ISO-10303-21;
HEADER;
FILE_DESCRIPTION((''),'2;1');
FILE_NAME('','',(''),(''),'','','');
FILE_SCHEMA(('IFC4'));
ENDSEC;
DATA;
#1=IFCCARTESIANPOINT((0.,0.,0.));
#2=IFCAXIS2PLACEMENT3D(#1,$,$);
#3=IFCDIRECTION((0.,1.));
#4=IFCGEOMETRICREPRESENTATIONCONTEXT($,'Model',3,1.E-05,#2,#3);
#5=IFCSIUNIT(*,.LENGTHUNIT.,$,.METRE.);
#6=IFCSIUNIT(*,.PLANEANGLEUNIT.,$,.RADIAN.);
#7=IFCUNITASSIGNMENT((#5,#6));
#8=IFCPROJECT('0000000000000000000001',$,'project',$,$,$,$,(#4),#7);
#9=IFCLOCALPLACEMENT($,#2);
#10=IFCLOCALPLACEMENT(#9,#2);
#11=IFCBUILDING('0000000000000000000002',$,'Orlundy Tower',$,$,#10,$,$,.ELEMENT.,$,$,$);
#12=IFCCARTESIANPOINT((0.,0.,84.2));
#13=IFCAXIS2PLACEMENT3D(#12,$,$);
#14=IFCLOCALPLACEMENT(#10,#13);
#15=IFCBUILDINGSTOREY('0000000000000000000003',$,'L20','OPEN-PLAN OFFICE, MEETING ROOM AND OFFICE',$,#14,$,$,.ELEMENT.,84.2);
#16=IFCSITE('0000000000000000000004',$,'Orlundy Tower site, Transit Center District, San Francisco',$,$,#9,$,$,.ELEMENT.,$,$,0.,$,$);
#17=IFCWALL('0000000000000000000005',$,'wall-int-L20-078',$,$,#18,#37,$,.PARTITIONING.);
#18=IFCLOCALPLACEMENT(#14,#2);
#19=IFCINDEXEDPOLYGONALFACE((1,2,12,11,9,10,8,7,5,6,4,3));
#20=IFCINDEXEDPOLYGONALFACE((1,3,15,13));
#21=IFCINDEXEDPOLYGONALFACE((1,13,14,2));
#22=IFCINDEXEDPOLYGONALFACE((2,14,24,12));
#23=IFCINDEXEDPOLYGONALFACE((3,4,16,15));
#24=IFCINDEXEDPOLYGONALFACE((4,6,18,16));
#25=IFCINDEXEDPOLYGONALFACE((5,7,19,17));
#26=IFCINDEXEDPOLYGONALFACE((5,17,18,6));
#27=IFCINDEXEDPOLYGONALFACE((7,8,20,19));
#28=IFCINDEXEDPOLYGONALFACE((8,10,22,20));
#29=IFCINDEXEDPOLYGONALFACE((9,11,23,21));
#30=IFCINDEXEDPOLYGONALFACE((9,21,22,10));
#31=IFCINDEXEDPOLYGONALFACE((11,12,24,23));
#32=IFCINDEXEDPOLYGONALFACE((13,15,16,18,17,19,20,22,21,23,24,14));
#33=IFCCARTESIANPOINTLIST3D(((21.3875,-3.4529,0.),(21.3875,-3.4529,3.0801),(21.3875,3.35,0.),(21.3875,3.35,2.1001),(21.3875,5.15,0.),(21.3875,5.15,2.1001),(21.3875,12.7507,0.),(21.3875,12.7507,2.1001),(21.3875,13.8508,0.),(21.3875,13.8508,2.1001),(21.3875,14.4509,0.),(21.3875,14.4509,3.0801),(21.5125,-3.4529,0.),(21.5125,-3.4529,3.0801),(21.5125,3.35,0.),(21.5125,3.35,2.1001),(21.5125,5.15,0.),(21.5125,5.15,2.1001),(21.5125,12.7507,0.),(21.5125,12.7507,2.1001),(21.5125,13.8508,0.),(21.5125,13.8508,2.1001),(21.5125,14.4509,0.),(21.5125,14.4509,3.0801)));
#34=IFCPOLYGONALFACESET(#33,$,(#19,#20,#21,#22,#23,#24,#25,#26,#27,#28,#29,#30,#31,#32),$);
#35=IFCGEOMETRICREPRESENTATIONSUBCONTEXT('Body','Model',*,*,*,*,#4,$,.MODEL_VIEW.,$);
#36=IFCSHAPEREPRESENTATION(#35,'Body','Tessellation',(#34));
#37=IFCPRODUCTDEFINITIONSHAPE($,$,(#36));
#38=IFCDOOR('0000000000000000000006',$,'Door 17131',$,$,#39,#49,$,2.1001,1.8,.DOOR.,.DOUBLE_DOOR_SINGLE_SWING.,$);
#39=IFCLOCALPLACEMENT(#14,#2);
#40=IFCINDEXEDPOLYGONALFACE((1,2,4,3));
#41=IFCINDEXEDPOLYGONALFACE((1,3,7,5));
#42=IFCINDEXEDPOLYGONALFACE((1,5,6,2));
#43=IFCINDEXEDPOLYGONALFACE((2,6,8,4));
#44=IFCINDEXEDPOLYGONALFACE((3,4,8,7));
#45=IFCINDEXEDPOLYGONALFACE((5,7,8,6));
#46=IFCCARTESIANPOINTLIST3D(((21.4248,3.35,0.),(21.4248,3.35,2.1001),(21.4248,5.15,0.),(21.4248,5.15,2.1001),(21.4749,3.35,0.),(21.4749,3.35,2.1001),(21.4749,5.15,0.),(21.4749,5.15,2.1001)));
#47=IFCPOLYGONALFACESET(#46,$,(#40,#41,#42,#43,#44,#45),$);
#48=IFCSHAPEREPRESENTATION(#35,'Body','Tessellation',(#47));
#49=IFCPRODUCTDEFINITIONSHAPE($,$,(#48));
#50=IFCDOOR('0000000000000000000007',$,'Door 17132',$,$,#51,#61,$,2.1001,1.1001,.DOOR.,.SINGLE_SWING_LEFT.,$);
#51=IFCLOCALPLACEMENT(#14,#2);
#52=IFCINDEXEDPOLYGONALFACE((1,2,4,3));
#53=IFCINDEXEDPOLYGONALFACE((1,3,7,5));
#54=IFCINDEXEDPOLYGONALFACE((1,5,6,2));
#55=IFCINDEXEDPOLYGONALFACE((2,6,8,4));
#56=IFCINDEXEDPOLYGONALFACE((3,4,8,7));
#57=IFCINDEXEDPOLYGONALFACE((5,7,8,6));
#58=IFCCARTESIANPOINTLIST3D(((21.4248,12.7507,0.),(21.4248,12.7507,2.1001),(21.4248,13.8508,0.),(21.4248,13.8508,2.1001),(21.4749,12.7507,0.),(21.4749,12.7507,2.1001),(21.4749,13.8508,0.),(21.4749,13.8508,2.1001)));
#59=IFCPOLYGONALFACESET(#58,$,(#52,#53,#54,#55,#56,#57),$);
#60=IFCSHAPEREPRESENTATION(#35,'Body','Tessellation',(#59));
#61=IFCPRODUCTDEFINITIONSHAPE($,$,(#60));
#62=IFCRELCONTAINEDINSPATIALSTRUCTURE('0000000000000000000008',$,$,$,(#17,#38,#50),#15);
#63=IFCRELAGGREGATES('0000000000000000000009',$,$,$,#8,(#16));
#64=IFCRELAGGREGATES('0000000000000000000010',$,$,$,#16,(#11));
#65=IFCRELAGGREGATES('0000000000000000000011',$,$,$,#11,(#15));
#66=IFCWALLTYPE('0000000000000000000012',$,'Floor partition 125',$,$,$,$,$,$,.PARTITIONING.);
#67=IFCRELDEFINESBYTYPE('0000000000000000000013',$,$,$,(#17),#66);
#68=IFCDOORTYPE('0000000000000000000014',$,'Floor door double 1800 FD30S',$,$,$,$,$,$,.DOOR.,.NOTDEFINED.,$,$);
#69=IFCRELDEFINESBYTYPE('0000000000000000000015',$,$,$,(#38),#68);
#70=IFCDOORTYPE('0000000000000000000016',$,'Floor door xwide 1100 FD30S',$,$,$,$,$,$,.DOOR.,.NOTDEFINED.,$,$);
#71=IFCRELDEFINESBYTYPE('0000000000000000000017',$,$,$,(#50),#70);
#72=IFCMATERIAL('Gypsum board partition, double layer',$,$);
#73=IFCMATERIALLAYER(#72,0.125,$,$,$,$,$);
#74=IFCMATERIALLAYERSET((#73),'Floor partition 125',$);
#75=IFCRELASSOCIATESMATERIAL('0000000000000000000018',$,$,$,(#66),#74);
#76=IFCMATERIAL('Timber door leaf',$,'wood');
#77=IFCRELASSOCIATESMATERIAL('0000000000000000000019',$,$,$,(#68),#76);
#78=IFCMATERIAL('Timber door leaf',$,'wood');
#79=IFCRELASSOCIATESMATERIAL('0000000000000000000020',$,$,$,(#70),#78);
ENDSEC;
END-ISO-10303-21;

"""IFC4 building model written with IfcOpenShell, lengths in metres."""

from ifc_helpers import new_model, si_unit, direction, frame, frame_2d, origin, place, context, subcontext, project, spatial, rectangle, extrude, material, layer, layer_set, type_object, element, fill, save


model = new_model("IFC4")

# Units and contexts
model_context = context("Model", 3, precision=1e-05, world=origin(), true_north=direction((0.0, 1.0)))
body_context = subcontext(model_context, "Body", "Model", "MODEL_VIEW")
ifc_project = project(units=[si_unit("LENGTHUNIT", "METRE"), si_unit("PLANEANGLEUNIT", "RADIAN")], contexts=[model_context])

# Site, building, storey
site_placement = place(None, origin())
site = spatial("IfcSite", under=ifc_project, at=site_placement, Name="Orlundy Tower site, Transit Center District, San Francisco", CompositionType="ELEMENT", RefElevation=0.0)
building_placement = place(site_placement, origin())
building = spatial("IfcBuilding", under=site, at=building_placement, Name="Orlundy Tower", CompositionType="ELEMENT")
storey_placement = place(building_placement, frame((0.0, 0.0, 84.2)))
storey = spatial("IfcBuildingStorey", under=building, at=storey_placement, Name="L20", Description="OPEN-PLAN OFFICE, MEETING ROOM AND OFFICE", CompositionType="ELEMENT", Elevation=84.2)

# Wall, openings, doors
ifc_material_1 = material(Name="Gypsum board partition, double layer")
ifc_layer_1 = layer(ifc_material_1, 0.125)
ifc_layer_set_1 = layer_set([ifc_layer_1], Name="Floor partition 125")
wall_type_1 = type_object("IfcWallType", Name="Floor partition 125", PredefinedType="PARTITIONING", material=ifc_layer_set_1)
wall_1_placement = place(storey_placement, frame((21.45, 14.4509, 0.0), z_axis=(0.0, 0.0, 1.0), x_axis=(0.0, -1.0, 0.0)))
wall_1 = element("IfcWall", 1, at=wall_1_placement, inside=storey, type_object=wall_type_1, Name="wall-int-L20-078", PredefinedType="PARTITIONING", context=body_context, shape_type="SweptSolid", body=[
    extrude(rectangle(XDim=17.9038, YDim=0.125, at=frame_2d((8.9519, 0.0))), origin(), (0.0, 0.0, 1.0), 3.0801),
])
opening_1_placement = place(wall_1_placement, frame((9.301, 0.0, 0.0)))
opening_1 = element("IfcOpeningElement", 2, at=opening_1_placement, cuts=wall_1, PredefinedType="OPENING", context=body_context, shape_type="SweptSolid", body=[
    extrude(rectangle(XDim=1.8, YDim=2.1001, at=frame_2d((0.8999, 1.05))), frame((0.0, 0.0725, 0.0), z_axis=(0.0, -1.0, 0.0), x_axis=(1.0, 0.0, 0.0)), (0.0, 0.0, 1.0), 0.145),
])
opening_2_placement = place(wall_1_placement, frame((0.6001, 0.0, 0.0)))
opening_2 = element("IfcOpeningElement", 3, at=opening_2_placement, cuts=wall_1, PredefinedType="OPENING", context=body_context, shape_type="SweptSolid", body=[
    extrude(rectangle(XDim=1.1001, YDim=2.1001, at=frame_2d((0.55, 1.05))), frame((0.0, 0.0725, 0.0), z_axis=(0.0, -1.0, 0.0), x_axis=(1.0, 0.0, 0.0)), (0.0, 0.0, 1.0), 0.145),
])
ifc_material_2 = material(Name="Timber door leaf", Category="wood")
door_type_1 = type_object("IfcDoorType", Name="Floor door double 1800 FD30S", OperationType="NOTDEFINED", PredefinedType="DOOR", material=ifc_material_2)
door_1_placement = place(opening_1_placement, origin())
door_1 = element("IfcDoor", 4, at=door_1_placement, inside=storey, type_object=door_type_1, Name="Door 17131", OperationType="DOUBLE_DOOR_SINGLE_SWING", OverallHeight=2.1001, OverallWidth=1.8, PredefinedType="DOOR", context=body_context, shape_type="SweptSolid", body=[
    extrude(rectangle(XDim=1.8, YDim=2.1001, at=frame_2d((0.8999, 1.05))), frame((0.0, 0.0249, 0.0), z_axis=(0.0, -1.0, 0.0), x_axis=(1.0, 0.0, 0.0)), (0.0, 0.0, 1.0), 0.05),
])
fill(opening_1, door_1)
ifc_material_3 = material(Name="Timber door leaf", Category="wood")
door_type_2 = type_object("IfcDoorType", Name="Floor door xwide 1100 FD30S", OperationType="NOTDEFINED", PredefinedType="DOOR", material=ifc_material_3)
door_2_placement = place(opening_2_placement, origin())
door_2 = element("IfcDoor", 5, at=door_2_placement, inside=storey, type_object=door_type_2, Name="Door 17132", OperationType="SINGLE_SWING_LEFT", OverallHeight=2.1001, OverallWidth=1.1001, PredefinedType="DOOR", context=body_context, shape_type="SweptSolid", body=[
    extrude(rectangle(XDim=1.1001, YDim=2.1001, at=frame_2d((0.55, 1.05))), frame((0.0, 0.0249, 0.0), z_axis=(0.0, -1.0, 0.0), x_axis=(1.0, 0.0, 0.0)), (0.0, 0.0, 1.0), 0.05),
])
fill(opening_2, door_2)

save(model, "model.ifc")
